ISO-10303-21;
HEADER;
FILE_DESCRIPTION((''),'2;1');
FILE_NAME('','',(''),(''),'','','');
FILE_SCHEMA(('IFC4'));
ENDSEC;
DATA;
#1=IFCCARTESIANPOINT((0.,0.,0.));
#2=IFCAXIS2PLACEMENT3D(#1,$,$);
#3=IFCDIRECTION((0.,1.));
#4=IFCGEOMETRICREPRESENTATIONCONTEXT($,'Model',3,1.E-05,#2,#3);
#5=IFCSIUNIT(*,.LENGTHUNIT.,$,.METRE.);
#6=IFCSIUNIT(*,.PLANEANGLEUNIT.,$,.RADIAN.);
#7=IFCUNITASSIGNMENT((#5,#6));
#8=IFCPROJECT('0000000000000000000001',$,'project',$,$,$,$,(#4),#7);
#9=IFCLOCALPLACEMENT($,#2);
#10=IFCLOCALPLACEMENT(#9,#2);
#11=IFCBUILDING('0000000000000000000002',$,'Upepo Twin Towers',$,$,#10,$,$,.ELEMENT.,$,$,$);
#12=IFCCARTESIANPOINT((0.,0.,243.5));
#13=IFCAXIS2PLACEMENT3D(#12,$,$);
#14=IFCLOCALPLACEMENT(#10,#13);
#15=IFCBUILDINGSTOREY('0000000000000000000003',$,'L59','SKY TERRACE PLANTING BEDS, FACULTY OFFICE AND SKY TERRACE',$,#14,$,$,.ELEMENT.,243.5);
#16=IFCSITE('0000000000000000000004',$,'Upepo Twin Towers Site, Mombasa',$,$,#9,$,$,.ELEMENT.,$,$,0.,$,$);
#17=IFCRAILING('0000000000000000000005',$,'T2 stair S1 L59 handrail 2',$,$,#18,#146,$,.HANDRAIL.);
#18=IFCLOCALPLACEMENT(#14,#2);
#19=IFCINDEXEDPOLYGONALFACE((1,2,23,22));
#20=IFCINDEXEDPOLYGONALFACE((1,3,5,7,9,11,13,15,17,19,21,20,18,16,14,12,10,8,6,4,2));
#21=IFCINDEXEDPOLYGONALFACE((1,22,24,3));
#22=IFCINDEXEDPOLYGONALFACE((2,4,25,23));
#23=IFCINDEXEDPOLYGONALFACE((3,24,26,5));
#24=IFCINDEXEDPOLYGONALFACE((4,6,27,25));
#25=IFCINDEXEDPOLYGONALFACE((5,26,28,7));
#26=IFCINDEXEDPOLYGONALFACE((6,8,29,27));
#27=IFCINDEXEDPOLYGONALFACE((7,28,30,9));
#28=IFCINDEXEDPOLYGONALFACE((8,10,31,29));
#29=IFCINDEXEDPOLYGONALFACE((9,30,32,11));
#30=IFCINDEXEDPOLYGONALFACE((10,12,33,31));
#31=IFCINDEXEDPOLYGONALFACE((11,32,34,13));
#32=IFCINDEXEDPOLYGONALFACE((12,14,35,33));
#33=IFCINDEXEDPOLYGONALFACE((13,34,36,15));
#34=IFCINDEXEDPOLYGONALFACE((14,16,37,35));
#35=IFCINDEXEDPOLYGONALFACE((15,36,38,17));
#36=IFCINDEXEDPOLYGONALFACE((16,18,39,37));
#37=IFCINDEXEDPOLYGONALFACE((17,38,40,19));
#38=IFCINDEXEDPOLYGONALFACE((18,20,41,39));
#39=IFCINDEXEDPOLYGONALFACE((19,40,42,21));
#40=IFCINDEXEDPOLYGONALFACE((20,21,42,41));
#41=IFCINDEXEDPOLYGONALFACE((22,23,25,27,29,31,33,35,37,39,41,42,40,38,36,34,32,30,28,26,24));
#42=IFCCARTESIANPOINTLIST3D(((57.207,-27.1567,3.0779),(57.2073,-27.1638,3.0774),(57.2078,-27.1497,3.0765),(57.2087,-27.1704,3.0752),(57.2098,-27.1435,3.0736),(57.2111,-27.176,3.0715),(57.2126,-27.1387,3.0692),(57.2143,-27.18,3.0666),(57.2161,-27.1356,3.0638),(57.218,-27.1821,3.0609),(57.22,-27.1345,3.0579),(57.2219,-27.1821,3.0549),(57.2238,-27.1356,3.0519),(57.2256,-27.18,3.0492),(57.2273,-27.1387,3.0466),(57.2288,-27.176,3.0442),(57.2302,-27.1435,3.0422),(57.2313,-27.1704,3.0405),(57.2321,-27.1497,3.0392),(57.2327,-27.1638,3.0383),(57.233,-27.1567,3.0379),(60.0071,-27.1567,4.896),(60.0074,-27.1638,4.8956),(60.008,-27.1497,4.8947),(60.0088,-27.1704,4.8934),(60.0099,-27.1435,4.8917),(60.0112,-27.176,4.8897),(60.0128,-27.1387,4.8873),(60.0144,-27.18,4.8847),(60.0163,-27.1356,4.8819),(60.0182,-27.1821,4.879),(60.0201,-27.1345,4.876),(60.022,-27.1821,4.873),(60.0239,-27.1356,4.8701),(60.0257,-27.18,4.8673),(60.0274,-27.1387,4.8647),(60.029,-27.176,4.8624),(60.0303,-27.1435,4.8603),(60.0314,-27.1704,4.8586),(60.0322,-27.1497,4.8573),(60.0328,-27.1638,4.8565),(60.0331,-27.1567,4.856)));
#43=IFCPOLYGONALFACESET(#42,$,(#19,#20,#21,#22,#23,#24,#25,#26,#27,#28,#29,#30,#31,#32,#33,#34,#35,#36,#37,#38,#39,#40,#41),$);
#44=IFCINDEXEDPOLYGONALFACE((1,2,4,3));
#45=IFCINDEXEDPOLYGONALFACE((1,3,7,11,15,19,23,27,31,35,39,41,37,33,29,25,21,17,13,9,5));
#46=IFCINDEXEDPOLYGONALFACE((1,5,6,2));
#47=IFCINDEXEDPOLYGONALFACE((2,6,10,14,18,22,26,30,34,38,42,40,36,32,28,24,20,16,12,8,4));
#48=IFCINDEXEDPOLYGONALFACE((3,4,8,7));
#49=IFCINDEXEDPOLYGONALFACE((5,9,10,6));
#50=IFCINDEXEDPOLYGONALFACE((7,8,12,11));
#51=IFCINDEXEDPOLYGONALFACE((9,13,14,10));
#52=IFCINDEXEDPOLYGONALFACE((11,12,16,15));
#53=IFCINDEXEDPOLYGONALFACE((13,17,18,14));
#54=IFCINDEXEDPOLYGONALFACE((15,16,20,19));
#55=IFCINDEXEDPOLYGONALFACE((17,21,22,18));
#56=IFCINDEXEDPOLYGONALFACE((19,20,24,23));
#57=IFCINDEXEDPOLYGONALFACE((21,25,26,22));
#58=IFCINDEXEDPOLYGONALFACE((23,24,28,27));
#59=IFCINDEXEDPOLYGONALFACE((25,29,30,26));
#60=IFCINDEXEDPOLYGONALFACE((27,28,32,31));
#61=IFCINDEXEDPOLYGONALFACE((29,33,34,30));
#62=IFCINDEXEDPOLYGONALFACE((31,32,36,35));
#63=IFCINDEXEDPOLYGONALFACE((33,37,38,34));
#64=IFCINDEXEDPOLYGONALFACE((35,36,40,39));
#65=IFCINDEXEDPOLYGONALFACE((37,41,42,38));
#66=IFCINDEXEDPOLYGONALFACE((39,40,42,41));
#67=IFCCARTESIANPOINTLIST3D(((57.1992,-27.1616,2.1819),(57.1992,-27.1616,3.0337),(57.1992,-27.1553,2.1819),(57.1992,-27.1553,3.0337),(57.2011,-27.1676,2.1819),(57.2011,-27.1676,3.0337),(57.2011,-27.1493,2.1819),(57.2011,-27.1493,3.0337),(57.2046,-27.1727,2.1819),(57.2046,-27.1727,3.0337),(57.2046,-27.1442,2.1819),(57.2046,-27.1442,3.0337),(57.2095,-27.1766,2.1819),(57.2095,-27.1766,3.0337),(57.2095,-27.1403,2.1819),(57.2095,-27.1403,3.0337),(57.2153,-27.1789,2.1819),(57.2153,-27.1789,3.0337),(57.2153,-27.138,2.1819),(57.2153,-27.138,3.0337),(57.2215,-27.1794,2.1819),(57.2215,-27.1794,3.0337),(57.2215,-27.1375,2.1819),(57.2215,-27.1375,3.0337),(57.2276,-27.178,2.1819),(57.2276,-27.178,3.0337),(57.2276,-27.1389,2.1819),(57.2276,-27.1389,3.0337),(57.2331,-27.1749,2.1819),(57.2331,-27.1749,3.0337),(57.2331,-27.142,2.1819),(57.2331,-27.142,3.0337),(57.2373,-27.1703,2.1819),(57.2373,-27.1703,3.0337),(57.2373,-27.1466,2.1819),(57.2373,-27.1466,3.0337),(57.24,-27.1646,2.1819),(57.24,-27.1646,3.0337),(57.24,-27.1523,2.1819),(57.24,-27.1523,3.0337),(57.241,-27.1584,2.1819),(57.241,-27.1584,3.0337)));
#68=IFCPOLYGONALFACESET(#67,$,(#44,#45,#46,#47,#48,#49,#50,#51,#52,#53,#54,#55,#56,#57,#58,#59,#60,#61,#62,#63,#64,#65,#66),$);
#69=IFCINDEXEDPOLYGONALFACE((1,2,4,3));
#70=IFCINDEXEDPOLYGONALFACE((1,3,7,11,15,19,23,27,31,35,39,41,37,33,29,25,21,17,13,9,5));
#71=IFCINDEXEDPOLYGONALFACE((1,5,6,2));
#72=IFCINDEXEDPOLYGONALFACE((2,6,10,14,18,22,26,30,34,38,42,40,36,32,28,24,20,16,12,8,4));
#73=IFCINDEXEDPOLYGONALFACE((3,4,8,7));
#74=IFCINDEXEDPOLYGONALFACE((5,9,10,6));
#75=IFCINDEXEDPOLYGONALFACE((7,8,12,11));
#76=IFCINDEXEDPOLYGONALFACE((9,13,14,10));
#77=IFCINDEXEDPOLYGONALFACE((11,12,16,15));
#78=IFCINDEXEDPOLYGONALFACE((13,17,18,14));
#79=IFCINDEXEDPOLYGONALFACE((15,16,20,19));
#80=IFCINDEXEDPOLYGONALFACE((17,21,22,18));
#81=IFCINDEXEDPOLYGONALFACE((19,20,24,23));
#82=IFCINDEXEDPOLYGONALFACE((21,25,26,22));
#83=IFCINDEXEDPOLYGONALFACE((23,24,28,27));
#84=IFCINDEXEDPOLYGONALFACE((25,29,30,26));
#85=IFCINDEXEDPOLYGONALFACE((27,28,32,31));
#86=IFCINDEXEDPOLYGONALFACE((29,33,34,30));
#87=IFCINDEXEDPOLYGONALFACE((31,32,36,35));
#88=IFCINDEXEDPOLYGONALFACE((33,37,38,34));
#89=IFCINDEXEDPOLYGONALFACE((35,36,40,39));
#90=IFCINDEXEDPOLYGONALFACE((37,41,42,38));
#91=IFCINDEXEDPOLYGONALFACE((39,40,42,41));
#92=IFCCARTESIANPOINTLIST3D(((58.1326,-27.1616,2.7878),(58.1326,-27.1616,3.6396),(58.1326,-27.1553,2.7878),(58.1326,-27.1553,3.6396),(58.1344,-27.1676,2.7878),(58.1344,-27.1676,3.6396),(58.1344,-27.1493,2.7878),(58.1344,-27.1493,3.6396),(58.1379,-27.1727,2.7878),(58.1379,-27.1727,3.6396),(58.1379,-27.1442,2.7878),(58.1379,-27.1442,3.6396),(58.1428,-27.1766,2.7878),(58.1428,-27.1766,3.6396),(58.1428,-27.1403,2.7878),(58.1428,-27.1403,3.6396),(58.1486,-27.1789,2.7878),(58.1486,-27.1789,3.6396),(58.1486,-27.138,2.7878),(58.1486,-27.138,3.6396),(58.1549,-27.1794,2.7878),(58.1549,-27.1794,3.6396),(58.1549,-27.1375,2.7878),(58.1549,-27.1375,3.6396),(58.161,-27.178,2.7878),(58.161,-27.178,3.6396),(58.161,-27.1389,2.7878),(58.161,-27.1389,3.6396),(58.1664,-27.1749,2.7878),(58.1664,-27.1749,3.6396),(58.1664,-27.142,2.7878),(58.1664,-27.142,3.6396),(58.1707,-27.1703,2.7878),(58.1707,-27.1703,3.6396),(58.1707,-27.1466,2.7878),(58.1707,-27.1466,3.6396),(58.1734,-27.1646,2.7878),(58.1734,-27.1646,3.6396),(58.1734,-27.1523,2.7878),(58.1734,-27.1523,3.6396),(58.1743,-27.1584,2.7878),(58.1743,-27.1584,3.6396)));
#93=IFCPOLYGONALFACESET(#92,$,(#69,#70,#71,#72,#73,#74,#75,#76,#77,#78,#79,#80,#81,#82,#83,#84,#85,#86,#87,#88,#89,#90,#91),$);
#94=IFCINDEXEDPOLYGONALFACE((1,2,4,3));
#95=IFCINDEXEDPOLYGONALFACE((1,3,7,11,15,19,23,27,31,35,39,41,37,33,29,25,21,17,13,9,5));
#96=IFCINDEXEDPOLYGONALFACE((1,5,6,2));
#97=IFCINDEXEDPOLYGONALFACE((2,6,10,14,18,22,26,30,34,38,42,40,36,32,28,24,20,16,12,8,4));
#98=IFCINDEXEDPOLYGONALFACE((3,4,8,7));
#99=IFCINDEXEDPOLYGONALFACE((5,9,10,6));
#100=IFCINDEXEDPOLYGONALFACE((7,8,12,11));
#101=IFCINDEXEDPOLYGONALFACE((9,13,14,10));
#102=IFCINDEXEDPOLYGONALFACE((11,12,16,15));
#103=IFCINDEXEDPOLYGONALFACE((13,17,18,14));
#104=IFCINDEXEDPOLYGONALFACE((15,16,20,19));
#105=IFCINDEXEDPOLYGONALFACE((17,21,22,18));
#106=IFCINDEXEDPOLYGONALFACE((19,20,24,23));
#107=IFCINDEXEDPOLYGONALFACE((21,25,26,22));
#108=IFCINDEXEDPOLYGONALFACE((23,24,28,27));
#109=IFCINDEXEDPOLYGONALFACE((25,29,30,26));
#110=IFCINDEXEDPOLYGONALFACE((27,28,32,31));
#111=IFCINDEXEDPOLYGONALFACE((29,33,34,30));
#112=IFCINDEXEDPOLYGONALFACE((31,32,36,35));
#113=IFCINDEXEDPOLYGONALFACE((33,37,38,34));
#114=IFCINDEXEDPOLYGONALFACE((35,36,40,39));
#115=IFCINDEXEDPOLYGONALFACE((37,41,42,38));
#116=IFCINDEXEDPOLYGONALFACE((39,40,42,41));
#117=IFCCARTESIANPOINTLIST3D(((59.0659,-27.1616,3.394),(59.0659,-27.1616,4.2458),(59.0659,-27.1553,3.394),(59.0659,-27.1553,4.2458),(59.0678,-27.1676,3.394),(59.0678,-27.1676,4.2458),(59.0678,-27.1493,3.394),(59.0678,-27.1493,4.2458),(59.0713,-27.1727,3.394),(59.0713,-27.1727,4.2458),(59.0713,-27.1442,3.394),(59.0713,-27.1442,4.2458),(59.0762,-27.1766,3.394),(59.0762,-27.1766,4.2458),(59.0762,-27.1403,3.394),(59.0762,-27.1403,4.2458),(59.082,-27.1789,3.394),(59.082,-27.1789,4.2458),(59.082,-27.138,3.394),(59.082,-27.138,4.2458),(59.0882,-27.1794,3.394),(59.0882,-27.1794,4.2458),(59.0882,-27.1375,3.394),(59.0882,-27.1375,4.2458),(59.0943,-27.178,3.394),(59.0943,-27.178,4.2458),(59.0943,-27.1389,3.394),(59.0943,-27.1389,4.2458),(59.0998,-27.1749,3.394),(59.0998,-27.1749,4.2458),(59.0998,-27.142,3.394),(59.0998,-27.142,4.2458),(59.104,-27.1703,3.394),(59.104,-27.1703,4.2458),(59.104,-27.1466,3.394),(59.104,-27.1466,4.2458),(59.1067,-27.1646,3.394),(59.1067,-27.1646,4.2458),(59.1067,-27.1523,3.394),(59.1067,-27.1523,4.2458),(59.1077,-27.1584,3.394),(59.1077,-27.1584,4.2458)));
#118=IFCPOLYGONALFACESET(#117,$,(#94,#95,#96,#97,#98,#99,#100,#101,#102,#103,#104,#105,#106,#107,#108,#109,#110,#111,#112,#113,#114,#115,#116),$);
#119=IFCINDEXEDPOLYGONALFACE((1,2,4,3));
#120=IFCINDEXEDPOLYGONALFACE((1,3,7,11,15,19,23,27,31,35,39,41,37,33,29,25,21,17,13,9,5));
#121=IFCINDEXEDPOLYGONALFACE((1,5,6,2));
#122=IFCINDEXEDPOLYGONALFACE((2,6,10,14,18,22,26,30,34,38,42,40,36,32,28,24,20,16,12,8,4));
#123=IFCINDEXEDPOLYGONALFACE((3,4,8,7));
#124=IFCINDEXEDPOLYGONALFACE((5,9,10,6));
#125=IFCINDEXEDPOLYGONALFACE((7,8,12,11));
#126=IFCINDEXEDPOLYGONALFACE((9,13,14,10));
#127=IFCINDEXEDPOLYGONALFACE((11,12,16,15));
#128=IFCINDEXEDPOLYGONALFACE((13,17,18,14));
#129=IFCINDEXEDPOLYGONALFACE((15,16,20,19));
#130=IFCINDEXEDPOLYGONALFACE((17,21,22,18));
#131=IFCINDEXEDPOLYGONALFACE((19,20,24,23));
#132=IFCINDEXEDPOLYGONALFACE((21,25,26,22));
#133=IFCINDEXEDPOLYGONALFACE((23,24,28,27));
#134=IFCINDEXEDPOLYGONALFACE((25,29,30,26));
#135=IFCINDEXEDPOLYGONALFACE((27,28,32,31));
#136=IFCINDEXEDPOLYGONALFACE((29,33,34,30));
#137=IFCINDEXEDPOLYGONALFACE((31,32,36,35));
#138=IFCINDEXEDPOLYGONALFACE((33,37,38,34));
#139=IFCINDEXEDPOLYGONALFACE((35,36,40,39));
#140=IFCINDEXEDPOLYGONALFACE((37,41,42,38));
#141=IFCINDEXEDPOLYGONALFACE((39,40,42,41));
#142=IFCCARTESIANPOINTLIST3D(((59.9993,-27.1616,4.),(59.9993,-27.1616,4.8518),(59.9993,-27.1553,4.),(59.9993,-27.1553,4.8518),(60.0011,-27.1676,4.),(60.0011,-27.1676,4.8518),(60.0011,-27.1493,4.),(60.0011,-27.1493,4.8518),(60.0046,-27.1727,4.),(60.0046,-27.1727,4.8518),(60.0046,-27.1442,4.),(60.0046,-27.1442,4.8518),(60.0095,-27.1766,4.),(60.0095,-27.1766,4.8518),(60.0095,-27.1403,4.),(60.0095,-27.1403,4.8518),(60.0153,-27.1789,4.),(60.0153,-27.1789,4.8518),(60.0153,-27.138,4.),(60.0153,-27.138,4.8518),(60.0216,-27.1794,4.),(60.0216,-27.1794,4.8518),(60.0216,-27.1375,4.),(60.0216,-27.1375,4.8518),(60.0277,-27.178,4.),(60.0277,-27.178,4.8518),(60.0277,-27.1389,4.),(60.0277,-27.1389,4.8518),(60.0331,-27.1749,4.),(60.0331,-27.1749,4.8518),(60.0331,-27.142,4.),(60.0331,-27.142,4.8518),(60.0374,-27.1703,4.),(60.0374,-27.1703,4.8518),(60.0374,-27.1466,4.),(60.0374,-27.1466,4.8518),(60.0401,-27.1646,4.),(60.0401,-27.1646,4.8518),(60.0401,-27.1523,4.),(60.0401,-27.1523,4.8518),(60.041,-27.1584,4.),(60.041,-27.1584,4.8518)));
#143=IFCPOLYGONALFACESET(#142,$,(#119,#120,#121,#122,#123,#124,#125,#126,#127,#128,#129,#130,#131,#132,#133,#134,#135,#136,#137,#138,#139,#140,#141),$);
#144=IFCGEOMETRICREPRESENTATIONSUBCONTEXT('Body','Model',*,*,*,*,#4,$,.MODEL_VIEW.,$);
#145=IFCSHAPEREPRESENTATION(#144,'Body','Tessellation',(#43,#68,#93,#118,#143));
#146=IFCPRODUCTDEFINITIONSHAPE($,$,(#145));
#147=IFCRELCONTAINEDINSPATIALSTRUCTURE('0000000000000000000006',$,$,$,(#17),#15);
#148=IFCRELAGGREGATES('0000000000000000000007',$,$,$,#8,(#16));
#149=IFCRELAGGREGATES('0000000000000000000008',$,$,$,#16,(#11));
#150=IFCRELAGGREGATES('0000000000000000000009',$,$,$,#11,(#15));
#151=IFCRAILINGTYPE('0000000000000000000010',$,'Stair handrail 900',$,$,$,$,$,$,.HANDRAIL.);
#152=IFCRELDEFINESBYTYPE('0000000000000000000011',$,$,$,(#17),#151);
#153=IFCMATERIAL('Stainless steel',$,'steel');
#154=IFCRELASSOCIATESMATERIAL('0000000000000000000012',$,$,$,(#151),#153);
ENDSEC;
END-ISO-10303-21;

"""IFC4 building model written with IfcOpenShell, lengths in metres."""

from ifc_helpers import new_model, si_unit, direction, frame, origin, origin_2d, place, context, subcontext, project, spatial, circle, extrude, material, type_object, element, save


model = new_model("IFC4")

# Units and contexts
model_context = context("Model", 3, precision=1e-05, world=origin(), true_north=direction((0.0, 1.0)))
body_context = subcontext(model_context, "Body", "Model", "MODEL_VIEW")
ifc_project = project(units=[si_unit("LENGTHUNIT", "METRE"), si_unit("PLANEANGLEUNIT", "RADIAN")], contexts=[model_context])

# Site, building, storey
site_placement = place(None, origin())
site = spatial("IfcSite", under=ifc_project, at=site_placement, Name="Upepo Twin Towers Site, Mombasa", CompositionType="ELEMENT", RefElevation=0.0)
building_placement = place(site_placement, origin())
building = spatial("IfcBuilding", under=site, at=building_placement, Name="Upepo Twin Towers", CompositionType="ELEMENT")
storey_placement = place(building_placement, frame((0.0, 0.0, 243.5)))
storey = spatial("IfcBuildingStorey", under=building, at=storey_placement, Name="L59", Description="SKY TERRACE PLANTING BEDS, FACULTY OFFICE AND SKY TERRACE", CompositionType="ELEMENT", Elevation=243.5)

# Railing
ifc_material_1 = material(Name="Stainless steel", Category="steel")
railing_type = type_object("IfcRailingType", Name="Stair handrail 900", PredefinedType="HANDRAIL", material=ifc_material_1)
railing_1_placement = place(storey_placement, frame((57.22, -27.1584, 2.1819)))
element("IfcRailing", 1, at=railing_1_placement, inside=storey, type_object=railing_type, Name="T2 stair S1 L59 handrail 2", PredefinedType="HANDRAIL", context=body_context, shape_type="SweptSolid", body=[
    extrude(circle(Radius=0.0239, at=origin_2d()), frame((0.0, 0.0, 0.876), z_axis=(0.838706, 0.0, 0.544585), x_axis=(0.0, 1.0, 0.0)), (0.0, 0.0, 1.0), 3.3386),
    extrude(circle(Radius=0.021, at=origin_2d()), origin(), (0.0, 0.0, 1.0), 0.8518),
    extrude(circle(Radius=0.021, at=origin_2d()), frame((0.9333, 0.0, 0.606)), (0.0, 0.0, 1.0), 0.8518),
    extrude(circle(Radius=0.021, at=origin_2d()), frame((1.8667, 0.0, 1.2122)), (0.0, 0.0, 1.0), 0.8518),
    extrude(circle(Radius=0.021, at=origin_2d()), frame((2.8, 0.0, 1.8181)), (0.0, 0.0, 1.0), 0.8518),
])

save(model, "model.ifc")
